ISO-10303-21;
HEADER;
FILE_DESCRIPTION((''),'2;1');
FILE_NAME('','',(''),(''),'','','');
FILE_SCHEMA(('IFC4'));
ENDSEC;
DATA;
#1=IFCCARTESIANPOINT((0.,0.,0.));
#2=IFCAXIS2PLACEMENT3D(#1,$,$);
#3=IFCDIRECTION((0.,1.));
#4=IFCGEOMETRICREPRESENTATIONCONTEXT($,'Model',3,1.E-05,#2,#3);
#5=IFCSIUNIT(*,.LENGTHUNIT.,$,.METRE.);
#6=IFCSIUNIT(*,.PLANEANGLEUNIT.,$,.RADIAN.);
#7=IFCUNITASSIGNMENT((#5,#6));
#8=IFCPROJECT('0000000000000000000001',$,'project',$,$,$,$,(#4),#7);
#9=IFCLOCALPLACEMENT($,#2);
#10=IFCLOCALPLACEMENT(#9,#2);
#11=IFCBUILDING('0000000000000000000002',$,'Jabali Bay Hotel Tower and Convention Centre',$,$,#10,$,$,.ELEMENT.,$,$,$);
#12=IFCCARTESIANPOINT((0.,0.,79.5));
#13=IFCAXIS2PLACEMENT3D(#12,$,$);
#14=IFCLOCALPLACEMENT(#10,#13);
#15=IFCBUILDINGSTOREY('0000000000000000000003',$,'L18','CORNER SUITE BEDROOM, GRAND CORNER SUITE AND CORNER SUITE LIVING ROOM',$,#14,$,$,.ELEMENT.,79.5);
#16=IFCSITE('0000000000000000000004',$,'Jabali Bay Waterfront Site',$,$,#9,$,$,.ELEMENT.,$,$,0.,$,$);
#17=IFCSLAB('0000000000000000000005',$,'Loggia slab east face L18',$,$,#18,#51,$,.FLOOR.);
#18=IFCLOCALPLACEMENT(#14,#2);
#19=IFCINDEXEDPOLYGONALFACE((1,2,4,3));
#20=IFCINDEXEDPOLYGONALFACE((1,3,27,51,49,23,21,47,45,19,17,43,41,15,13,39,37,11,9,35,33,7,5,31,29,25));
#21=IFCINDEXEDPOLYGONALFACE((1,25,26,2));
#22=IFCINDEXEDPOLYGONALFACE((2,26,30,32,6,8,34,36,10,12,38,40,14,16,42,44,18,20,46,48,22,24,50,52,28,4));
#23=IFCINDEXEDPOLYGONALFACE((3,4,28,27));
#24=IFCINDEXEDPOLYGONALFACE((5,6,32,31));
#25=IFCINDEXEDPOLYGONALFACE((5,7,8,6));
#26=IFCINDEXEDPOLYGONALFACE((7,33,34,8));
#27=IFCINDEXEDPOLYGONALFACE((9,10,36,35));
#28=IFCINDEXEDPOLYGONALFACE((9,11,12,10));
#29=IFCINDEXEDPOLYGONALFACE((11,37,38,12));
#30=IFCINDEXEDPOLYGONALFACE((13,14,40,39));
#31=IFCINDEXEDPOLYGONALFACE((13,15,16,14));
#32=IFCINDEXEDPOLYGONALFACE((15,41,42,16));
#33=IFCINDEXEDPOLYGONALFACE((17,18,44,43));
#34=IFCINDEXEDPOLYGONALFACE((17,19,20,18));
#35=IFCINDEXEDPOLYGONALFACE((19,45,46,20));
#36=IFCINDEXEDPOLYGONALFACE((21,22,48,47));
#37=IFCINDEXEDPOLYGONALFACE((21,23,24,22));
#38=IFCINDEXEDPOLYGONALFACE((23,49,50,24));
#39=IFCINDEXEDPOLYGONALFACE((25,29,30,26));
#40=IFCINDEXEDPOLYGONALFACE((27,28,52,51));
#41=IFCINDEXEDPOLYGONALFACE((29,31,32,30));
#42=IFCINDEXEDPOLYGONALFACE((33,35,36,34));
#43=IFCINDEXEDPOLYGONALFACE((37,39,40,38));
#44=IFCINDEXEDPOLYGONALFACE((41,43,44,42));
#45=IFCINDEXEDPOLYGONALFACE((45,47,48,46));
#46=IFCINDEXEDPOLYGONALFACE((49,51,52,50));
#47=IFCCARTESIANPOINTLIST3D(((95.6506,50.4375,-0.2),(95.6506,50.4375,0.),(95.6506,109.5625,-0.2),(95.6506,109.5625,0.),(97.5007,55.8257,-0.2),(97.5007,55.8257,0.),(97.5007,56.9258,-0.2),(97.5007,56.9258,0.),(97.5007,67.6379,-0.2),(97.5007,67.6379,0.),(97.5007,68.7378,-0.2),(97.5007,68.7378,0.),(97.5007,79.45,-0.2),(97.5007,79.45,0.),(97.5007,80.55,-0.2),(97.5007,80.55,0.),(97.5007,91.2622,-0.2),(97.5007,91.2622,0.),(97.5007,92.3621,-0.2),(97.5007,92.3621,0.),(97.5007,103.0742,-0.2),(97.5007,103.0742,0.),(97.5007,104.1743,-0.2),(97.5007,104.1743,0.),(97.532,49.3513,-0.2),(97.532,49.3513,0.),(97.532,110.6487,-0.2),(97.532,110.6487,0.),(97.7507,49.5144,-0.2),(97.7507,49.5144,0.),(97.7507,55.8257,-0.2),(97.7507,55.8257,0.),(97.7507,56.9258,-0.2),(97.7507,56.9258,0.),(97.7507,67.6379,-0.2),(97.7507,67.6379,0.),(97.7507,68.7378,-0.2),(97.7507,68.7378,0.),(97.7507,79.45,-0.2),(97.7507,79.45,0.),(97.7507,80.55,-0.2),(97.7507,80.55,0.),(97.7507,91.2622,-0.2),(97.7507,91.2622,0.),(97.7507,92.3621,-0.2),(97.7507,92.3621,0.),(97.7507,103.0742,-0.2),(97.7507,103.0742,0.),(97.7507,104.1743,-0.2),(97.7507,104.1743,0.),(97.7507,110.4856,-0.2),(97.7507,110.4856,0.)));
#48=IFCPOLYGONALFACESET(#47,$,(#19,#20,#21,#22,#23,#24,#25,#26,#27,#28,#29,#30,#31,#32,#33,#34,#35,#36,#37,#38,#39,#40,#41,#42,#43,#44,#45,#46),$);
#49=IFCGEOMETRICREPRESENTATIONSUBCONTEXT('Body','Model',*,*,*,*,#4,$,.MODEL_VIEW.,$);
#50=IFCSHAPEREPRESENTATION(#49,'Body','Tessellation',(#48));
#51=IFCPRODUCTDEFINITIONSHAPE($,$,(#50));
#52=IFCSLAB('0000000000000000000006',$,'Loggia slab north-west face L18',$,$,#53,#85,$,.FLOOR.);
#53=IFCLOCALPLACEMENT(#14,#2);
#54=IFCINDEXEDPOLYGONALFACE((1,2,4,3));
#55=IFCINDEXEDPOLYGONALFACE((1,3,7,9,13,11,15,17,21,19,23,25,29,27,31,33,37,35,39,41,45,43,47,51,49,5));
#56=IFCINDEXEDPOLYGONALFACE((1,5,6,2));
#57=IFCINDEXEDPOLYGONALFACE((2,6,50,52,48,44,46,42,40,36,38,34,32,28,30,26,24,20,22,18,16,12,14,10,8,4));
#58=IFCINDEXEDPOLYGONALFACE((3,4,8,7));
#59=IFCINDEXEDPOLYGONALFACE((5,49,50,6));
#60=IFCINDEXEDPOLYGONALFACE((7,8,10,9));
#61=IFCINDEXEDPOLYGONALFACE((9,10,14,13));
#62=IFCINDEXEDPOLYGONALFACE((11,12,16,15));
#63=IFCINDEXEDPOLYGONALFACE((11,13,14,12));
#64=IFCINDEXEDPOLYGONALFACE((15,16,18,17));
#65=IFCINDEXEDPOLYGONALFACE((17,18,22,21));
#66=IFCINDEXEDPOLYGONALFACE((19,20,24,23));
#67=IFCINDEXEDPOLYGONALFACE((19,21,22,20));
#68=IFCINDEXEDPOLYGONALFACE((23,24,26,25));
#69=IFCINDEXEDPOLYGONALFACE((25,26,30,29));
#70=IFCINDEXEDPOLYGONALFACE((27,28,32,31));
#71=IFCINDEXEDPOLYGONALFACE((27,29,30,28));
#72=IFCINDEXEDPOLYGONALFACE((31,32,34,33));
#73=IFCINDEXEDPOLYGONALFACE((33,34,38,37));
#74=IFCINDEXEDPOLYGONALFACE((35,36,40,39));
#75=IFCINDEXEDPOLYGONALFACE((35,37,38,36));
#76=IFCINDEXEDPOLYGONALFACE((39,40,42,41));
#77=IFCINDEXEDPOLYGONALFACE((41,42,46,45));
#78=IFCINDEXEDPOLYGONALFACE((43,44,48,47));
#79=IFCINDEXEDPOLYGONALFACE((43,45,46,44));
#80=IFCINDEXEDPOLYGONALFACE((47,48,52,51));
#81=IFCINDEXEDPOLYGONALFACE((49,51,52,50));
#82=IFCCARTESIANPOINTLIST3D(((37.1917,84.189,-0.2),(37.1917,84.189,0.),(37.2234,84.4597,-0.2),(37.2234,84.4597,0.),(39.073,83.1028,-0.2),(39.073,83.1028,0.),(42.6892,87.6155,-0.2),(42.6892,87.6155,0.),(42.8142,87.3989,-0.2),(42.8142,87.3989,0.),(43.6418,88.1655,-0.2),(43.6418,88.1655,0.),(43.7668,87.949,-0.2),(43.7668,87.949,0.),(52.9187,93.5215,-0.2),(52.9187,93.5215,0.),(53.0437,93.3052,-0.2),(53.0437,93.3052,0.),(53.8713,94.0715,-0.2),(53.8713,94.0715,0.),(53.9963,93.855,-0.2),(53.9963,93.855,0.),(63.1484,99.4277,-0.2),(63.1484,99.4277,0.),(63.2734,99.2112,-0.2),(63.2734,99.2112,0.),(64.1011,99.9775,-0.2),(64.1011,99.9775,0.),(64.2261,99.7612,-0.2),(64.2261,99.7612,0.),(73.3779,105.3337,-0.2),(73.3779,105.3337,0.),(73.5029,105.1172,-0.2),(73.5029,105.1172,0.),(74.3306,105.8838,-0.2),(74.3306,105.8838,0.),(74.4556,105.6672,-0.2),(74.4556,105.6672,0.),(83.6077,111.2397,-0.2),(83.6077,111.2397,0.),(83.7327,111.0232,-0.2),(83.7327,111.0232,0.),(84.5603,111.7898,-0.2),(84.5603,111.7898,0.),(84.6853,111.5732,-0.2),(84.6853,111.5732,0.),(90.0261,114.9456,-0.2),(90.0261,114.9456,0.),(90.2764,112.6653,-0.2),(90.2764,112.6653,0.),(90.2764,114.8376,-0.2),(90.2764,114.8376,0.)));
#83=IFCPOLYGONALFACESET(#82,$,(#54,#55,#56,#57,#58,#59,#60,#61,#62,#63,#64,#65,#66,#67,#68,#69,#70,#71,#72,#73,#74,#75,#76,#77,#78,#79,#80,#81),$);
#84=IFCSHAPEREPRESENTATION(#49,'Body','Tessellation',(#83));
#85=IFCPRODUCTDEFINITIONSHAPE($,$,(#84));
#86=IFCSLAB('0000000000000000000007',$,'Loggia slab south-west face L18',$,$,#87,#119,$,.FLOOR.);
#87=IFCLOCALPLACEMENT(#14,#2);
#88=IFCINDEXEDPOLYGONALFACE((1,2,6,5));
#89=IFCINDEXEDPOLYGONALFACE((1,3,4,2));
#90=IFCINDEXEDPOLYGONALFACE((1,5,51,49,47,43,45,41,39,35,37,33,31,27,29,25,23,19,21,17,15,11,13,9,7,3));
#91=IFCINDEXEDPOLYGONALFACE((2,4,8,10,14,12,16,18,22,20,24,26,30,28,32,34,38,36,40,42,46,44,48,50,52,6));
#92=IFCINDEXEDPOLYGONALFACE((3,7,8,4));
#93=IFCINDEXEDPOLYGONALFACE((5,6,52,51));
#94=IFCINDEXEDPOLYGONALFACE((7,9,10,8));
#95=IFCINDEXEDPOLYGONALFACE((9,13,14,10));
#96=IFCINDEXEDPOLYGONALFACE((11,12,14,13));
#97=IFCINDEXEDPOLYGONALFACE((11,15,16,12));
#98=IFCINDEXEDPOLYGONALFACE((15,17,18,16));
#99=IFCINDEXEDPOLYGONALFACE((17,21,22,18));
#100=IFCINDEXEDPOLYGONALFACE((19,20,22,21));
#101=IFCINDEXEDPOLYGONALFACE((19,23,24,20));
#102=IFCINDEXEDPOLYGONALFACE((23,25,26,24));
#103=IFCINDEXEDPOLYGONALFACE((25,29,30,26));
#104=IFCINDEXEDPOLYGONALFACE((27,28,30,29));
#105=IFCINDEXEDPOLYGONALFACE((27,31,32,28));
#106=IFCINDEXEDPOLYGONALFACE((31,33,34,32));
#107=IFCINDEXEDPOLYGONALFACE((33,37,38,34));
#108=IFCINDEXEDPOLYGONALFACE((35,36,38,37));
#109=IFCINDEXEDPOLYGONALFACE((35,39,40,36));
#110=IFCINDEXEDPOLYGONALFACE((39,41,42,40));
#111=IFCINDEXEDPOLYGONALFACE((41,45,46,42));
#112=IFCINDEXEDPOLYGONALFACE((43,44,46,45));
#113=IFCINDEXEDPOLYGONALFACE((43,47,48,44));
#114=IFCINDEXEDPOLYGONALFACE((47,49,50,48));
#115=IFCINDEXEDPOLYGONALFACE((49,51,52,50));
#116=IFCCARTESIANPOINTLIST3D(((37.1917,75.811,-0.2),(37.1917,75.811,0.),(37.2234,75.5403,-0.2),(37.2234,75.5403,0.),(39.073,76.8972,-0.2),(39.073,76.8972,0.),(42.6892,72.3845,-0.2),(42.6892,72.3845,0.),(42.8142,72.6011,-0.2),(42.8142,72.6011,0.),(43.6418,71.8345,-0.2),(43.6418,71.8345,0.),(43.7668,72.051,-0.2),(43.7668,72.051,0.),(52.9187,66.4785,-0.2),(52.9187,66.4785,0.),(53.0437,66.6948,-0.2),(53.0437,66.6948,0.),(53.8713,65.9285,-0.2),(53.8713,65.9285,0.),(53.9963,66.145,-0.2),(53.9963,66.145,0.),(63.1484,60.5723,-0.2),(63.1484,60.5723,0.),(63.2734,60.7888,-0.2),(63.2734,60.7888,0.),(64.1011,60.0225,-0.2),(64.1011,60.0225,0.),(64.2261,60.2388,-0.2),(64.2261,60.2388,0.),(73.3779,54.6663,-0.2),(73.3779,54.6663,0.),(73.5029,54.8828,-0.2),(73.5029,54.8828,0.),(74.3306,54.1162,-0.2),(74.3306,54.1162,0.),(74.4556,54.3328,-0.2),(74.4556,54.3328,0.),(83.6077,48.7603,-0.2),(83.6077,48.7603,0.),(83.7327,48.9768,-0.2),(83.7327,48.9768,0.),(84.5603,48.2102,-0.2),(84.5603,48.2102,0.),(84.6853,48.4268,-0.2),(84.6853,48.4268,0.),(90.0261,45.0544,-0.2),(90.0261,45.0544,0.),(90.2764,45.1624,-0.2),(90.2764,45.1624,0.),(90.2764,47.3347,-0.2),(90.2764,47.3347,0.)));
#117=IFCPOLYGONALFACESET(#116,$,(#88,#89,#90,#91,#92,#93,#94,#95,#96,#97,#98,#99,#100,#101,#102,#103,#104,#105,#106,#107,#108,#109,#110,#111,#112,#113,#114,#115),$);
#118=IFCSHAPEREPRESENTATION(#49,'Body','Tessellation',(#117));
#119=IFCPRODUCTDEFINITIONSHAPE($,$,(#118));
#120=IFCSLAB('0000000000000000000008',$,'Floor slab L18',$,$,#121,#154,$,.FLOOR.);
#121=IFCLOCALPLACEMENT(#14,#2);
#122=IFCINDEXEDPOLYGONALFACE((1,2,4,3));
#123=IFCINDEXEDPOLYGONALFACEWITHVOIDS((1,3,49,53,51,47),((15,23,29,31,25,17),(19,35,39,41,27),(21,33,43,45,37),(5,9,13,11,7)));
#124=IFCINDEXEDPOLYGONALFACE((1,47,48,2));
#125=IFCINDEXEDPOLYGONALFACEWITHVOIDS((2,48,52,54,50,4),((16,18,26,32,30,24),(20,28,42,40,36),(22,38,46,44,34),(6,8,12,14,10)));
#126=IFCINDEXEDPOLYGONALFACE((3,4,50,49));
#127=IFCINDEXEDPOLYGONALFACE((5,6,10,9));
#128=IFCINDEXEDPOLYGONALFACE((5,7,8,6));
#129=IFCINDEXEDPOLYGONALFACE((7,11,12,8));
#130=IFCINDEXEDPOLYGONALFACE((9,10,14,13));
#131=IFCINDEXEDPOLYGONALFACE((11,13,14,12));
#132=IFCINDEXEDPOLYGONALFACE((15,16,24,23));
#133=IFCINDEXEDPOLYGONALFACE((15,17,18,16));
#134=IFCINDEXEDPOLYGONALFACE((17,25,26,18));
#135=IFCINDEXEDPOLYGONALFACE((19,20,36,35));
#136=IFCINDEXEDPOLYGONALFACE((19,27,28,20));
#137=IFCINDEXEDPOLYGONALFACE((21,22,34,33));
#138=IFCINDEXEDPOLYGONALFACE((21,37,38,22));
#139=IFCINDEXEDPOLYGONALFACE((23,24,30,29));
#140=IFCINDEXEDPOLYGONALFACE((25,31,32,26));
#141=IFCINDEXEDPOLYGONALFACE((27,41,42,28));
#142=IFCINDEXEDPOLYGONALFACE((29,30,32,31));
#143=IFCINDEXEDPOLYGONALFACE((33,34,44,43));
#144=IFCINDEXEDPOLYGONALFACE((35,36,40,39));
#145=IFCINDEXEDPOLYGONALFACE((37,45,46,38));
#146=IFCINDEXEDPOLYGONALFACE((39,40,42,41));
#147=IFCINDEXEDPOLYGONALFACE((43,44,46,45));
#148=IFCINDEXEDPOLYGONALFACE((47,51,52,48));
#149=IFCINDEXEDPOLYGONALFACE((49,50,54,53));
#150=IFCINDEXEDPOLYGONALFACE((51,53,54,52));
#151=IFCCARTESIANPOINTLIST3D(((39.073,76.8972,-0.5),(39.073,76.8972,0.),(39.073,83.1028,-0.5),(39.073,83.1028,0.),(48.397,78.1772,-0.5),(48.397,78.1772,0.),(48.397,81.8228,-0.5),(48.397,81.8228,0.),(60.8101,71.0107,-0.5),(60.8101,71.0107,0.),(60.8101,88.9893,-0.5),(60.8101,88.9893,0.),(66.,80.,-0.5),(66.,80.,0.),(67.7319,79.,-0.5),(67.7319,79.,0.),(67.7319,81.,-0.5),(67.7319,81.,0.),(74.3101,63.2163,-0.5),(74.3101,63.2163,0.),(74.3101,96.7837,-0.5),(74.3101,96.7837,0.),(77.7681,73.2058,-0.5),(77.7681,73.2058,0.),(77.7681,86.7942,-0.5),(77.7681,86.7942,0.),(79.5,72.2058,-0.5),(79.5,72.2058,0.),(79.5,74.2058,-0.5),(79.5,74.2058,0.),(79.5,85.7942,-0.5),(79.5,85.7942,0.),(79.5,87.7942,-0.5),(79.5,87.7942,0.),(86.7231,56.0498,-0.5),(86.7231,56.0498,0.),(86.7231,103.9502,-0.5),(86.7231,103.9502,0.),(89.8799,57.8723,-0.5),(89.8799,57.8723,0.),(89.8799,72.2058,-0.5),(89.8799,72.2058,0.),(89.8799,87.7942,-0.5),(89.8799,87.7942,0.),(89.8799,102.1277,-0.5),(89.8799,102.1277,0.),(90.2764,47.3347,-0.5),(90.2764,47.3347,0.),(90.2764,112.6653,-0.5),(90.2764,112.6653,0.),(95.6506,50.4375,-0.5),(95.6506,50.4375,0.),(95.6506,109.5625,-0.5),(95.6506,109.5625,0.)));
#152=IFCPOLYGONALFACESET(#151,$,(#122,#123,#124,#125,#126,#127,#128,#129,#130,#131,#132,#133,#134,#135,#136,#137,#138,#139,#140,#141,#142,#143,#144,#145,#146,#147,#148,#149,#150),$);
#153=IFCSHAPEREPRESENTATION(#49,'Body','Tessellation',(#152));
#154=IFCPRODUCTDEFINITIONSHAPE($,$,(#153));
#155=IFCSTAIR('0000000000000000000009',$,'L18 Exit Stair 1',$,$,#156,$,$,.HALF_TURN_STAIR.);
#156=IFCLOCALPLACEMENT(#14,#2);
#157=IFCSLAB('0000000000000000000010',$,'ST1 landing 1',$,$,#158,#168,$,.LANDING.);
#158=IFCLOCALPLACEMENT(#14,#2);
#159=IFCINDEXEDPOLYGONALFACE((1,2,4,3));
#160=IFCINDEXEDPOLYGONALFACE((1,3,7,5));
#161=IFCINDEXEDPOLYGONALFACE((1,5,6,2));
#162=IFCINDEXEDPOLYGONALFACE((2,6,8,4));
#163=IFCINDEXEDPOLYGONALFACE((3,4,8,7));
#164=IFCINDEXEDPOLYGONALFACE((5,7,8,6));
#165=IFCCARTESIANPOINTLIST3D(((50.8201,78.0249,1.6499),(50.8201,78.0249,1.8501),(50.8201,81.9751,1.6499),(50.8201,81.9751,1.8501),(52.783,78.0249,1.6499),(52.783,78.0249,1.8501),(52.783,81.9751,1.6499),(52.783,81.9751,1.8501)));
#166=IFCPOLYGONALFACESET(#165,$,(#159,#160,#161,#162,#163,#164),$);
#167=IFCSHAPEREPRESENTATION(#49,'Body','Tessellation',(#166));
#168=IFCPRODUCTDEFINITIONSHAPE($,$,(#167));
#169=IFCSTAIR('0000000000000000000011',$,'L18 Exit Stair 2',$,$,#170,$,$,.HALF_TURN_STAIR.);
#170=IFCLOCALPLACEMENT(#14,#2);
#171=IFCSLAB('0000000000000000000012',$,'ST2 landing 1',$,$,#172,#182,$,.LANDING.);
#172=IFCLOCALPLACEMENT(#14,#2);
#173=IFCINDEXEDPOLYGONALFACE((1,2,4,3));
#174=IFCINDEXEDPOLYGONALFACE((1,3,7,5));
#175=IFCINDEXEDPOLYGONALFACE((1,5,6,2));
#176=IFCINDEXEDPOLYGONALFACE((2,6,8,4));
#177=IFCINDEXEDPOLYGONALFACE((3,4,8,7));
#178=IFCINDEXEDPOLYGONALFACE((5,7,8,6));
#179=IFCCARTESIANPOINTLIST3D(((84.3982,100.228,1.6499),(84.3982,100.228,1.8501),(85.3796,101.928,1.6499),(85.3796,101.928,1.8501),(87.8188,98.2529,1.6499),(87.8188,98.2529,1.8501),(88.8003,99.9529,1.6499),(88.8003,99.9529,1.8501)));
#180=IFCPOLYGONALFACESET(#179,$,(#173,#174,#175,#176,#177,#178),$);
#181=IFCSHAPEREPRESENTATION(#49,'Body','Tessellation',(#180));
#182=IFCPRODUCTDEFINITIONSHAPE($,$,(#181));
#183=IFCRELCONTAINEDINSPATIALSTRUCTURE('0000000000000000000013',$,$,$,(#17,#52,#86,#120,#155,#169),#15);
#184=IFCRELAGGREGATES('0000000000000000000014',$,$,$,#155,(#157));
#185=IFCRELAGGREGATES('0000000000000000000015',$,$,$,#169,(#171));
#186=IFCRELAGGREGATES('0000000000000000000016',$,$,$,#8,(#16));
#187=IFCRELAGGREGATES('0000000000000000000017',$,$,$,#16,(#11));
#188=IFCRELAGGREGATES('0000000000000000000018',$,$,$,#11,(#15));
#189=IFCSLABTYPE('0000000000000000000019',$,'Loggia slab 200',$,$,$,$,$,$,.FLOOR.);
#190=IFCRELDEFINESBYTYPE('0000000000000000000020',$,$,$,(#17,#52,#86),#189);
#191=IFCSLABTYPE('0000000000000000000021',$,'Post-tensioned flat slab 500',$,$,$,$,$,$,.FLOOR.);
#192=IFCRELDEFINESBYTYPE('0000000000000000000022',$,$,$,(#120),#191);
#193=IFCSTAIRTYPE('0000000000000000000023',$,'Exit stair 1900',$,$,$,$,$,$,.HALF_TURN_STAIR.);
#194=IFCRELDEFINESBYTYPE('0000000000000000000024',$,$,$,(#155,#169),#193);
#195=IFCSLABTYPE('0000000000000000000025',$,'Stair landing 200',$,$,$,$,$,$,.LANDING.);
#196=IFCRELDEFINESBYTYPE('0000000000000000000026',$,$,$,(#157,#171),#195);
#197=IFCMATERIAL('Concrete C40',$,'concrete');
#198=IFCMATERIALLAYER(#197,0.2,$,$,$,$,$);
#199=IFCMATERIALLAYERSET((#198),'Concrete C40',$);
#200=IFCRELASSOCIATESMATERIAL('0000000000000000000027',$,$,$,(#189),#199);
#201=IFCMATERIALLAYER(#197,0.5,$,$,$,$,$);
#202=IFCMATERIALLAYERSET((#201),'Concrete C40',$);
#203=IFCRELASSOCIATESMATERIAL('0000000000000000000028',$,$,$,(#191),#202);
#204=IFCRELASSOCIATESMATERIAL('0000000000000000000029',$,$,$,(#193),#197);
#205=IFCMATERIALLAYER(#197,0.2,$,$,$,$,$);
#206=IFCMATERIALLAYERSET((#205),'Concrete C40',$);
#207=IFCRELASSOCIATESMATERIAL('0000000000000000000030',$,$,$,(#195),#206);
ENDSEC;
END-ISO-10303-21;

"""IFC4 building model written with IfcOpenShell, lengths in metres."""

from ifc_helpers import new_model, si_unit, direction, frame, origin, place, context, subcontext, project, spatial, polyline, outline, extrude, material, layer, layer_set, type_object, element, aggregate, save


model = new_model("IFC4")

# Units and contexts
model_context = context("Model", 3, precision=1e-05, world=origin(), true_north=direction((0.0, 1.0)))
body_context = subcontext(model_context, "Body", "Model", "MODEL_VIEW")
ifc_project = project(units=[si_unit("LENGTHUNIT", "METRE"), si_unit("PLANEANGLEUNIT", "RADIAN")], contexts=[model_context])

# Site, building, storey
site_placement = place(None, origin())
site = spatial("IfcSite", under=ifc_project, at=site_placement, Name="Jabali Bay Waterfront Site", CompositionType="ELEMENT", RefElevation=0.0)
building_placement = place(site_placement, origin())
building = spatial("IfcBuilding", under=site, at=building_placement, Name="Jabali Bay Hotel Tower and Convention Centre", CompositionType="ELEMENT")
storey_placement = place(building_placement, frame((0.0, 0.0, 79.5)))
storey = spatial("IfcBuildingStorey", under=building, at=storey_placement, Name="L18", Description="CORNER SUITE BEDROOM, GRAND CORNER SUITE AND CORNER SUITE LIVING ROOM", CompositionType="ELEMENT", Elevation=79.5)

# Slabs
ifc_material_1 = material(Name="Concrete C40", Category="concrete")
ifc_layer_1 = layer(ifc_material_1, 0.2)
ifc_layer_set_1 = layer_set([ifc_layer_1], Name="Concrete C40")
slab_type_1 = type_object("IfcSlabType", Name="Loggia slab 200", PredefinedType="FLOOR", material=ifc_layer_set_1)
slab_1_placement = place(storey_placement, frame((0.0, 0.0, -0.2)))
element("IfcSlab", 1, at=slab_1_placement, inside=storey, type_object=slab_type_1, Name="Loggia slab east face L18", PredefinedType="FLOOR", context=body_context, shape_type="SweptSolid", body=[
    extrude(outline(polyline([(95.6506, 109.5625), (97.532, 110.6487), (97.7507, 110.4856), (97.7507, 104.1743), (97.5007, 104.1743), (97.5007, 103.0742), (97.7507, 103.0742), (97.7507, 92.3621), (97.5007, 92.3621), (97.5007, 91.2622), (97.7507, 91.2622), (97.7507, 80.55), (97.5007, 80.55), (97.5007, 79.45), (97.7507, 79.45), (97.7507, 68.7378), (97.5007, 68.7378), (97.5007, 67.6379), (97.7507, 67.6379), (97.7507, 56.9258), (97.5007, 56.9258), (97.5007, 55.8257), (97.7507, 55.8257), (97.7507, 49.5144), (97.532, 49.3513), (95.6506, 50.4375), (95.6506, 109.5625)])), origin(), (0.0, 0.0, 1.0), 0.2),
])
slab_2_placement = place(storey_placement, frame((0.0, 0.0, -0.2)))
element("IfcSlab", 2, at=slab_2_placement, inside=storey, type_object=slab_type_1, Name="Loggia slab north-west face L18", PredefinedType="FLOOR", context=body_context, shape_type="SweptSolid", body=[
    extrude(outline(polyline([(39.073, 83.1028), (37.1917, 84.189), (37.2234, 84.4597), (42.6892, 87.6155), (42.8142, 87.3989), (43.7668, 87.949), (43.6418, 88.1655), (52.9187, 93.5215), (53.0437, 93.3052), (53.9963, 93.855), (53.8713, 94.0715), (63.1484, 99.4277), (63.2734, 99.2112), (64.2261, 99.7612), (64.1011, 99.9775), (73.3779, 105.3337), (73.5029, 105.1172), (74.4556, 105.6672), (74.3306, 105.8838), (83.6077, 111.2397), (83.7327, 111.0232), (84.6853, 111.5732), (84.5603, 111.7898), (90.0261, 114.9456), (90.2764, 114.8376), (90.2764, 112.6653), (39.073, 83.1028)])), origin(), (0.0, 0.0, 1.0), 0.2),
])
slab_3_placement = place(storey_placement, frame((0.0, 0.0, -0.2)))
element("IfcSlab", 3, at=slab_3_placement, inside=storey, type_object=slab_type_1, Name="Loggia slab south-west face L18", PredefinedType="FLOOR", context=body_context, shape_type="SweptSolid", body=[
    extrude(outline(polyline([(90.2764, 47.3347), (90.2764, 45.1624), (90.0261, 45.0544), (84.5603, 48.2102), (84.6853, 48.4268), (83.7327, 48.9768), (83.6077, 48.7603), (74.3306, 54.1162), (74.4556, 54.3328), (73.5029, 54.8828), (73.3779, 54.6663), (64.1011, 60.0225), (64.2261, 60.2388), (63.2734, 60.7888), (63.1484, 60.5723), (53.8713, 65.9285), (53.9963, 66.145), (53.0437, 66.6948), (52.9187, 66.4785), (43.6418, 71.8345), (43.7668, 72.051), (42.8142, 72.6011), (42.6892, 72.3845), (37.2234, 75.5403), (37.1917, 75.811), (39.073, 76.8972), (90.2764, 47.3347)])), origin(), (0.0, 0.0, 1.0), 0.2),
])
ifc_layer_2 = layer(ifc_material_1, 0.5)
ifc_layer_set_2 = layer_set([ifc_layer_2], Name="Concrete C40")
slab_type_2 = type_object("IfcSlabType", Name="Post-tensioned flat slab 500", PredefinedType="FLOOR", material=ifc_layer_set_2)
slab_4_placement = place(storey_placement, frame((0.0, 0.0, -0.5)))
element("IfcSlab", 4, at=slab_4_placement, inside=storey, type_object=slab_type_2, Name="Floor slab L18", PredefinedType="FLOOR", context=body_context, shape_type="SweptSolid", body=[
    extrude(outline(polyline([(90.2764, 112.6653), (95.6506, 109.5625), (95.6506, 50.4375), (90.2764, 47.3347), (39.073, 76.8972), (39.073, 83.1028), (90.2764, 112.6653)]), holes=[polyline([(67.7319, 79.0), (77.7681, 73.2058), (79.5, 74.2058), (79.5, 85.7942), (77.7681, 86.7942), (67.7319, 81.0), (67.7319, 79.0)]), polyline([(48.397, 78.1772), (60.8101, 71.0107), (66.0, 80.0), (60.8101, 88.9893), (48.397, 81.8228), (48.397, 78.1772)]), polyline([(89.8799, 102.1277), (86.7231, 103.9502), (74.3101, 96.7837), (79.5, 87.7942), (89.8799, 87.7942), (89.8799, 102.1277)]), polyline([(74.3101, 63.2163), (86.7231, 56.0498), (89.8799, 57.8723), (89.8799, 72.2058), (79.5, 72.2058), (74.3101, 63.2163)])]), origin(), (0.0, 0.0, 1.0), 0.5),
])

# Stairs, slabs
stair_type = type_object("IfcStairType", Name="Exit stair 1900", PredefinedType="HALF_TURN_STAIR", material=ifc_material_1)
stair_1_placement = place(storey_placement, origin())
stair_1 = element("IfcStair", 5, at=stair_1_placement, inside=storey, type_object=stair_type, Name="L18 Exit Stair 1", PredefinedType="HALF_TURN_STAIR")
ifc_layer_3 = layer(ifc_material_1, 0.2)
ifc_layer_set_3 = layer_set([ifc_layer_3], Name="Concrete C40")
slab_type_3 = type_object("IfcSlabType", Name="Stair landing 200", PredefinedType="LANDING", material=ifc_layer_set_3)
slab_5_placement = place(storey_placement, frame((0.0, 0.0, 1.6499)))
slab_5 = element("IfcSlab", 6, at=slab_5_placement, type_object=slab_type_3, Name="ST1 landing 1", PredefinedType="LANDING", context=body_context, shape_type="SweptSolid", body=[
    extrude(outline(polyline([(52.783, 81.9751), (50.8201, 81.9751), (50.8201, 78.0249), (52.783, 78.0249), (52.783, 81.9751)])), origin(), (0.0, 0.0, 1.0), 0.2002),
])
aggregate(stair_1, [slab_5])
stair_2_placement = place(storey_placement, origin())
stair_2 = element("IfcStair", 7, at=stair_2_placement, inside=storey, type_object=stair_type, Name="L18 Exit Stair 2", PredefinedType="HALF_TURN_STAIR")
slab_6_placement = place(storey_placement, frame((0.0, 0.0, 1.6499)))
slab_6 = element("IfcSlab", 8, at=slab_6_placement, type_object=slab_type_3, Name="ST2 landing 1", PredefinedType="LANDING", context=body_context, shape_type="SweptSolid", body=[
    extrude(outline(polyline([(87.8188, 98.2529), (88.8003, 99.9529), (85.3796, 101.928), (84.3982, 100.228), (87.8188, 98.2529)])), origin(), (0.0, 0.0, 1.0), 0.2002),
])
aggregate(stair_2, [slab_6])

save(model, "model.ifc")
